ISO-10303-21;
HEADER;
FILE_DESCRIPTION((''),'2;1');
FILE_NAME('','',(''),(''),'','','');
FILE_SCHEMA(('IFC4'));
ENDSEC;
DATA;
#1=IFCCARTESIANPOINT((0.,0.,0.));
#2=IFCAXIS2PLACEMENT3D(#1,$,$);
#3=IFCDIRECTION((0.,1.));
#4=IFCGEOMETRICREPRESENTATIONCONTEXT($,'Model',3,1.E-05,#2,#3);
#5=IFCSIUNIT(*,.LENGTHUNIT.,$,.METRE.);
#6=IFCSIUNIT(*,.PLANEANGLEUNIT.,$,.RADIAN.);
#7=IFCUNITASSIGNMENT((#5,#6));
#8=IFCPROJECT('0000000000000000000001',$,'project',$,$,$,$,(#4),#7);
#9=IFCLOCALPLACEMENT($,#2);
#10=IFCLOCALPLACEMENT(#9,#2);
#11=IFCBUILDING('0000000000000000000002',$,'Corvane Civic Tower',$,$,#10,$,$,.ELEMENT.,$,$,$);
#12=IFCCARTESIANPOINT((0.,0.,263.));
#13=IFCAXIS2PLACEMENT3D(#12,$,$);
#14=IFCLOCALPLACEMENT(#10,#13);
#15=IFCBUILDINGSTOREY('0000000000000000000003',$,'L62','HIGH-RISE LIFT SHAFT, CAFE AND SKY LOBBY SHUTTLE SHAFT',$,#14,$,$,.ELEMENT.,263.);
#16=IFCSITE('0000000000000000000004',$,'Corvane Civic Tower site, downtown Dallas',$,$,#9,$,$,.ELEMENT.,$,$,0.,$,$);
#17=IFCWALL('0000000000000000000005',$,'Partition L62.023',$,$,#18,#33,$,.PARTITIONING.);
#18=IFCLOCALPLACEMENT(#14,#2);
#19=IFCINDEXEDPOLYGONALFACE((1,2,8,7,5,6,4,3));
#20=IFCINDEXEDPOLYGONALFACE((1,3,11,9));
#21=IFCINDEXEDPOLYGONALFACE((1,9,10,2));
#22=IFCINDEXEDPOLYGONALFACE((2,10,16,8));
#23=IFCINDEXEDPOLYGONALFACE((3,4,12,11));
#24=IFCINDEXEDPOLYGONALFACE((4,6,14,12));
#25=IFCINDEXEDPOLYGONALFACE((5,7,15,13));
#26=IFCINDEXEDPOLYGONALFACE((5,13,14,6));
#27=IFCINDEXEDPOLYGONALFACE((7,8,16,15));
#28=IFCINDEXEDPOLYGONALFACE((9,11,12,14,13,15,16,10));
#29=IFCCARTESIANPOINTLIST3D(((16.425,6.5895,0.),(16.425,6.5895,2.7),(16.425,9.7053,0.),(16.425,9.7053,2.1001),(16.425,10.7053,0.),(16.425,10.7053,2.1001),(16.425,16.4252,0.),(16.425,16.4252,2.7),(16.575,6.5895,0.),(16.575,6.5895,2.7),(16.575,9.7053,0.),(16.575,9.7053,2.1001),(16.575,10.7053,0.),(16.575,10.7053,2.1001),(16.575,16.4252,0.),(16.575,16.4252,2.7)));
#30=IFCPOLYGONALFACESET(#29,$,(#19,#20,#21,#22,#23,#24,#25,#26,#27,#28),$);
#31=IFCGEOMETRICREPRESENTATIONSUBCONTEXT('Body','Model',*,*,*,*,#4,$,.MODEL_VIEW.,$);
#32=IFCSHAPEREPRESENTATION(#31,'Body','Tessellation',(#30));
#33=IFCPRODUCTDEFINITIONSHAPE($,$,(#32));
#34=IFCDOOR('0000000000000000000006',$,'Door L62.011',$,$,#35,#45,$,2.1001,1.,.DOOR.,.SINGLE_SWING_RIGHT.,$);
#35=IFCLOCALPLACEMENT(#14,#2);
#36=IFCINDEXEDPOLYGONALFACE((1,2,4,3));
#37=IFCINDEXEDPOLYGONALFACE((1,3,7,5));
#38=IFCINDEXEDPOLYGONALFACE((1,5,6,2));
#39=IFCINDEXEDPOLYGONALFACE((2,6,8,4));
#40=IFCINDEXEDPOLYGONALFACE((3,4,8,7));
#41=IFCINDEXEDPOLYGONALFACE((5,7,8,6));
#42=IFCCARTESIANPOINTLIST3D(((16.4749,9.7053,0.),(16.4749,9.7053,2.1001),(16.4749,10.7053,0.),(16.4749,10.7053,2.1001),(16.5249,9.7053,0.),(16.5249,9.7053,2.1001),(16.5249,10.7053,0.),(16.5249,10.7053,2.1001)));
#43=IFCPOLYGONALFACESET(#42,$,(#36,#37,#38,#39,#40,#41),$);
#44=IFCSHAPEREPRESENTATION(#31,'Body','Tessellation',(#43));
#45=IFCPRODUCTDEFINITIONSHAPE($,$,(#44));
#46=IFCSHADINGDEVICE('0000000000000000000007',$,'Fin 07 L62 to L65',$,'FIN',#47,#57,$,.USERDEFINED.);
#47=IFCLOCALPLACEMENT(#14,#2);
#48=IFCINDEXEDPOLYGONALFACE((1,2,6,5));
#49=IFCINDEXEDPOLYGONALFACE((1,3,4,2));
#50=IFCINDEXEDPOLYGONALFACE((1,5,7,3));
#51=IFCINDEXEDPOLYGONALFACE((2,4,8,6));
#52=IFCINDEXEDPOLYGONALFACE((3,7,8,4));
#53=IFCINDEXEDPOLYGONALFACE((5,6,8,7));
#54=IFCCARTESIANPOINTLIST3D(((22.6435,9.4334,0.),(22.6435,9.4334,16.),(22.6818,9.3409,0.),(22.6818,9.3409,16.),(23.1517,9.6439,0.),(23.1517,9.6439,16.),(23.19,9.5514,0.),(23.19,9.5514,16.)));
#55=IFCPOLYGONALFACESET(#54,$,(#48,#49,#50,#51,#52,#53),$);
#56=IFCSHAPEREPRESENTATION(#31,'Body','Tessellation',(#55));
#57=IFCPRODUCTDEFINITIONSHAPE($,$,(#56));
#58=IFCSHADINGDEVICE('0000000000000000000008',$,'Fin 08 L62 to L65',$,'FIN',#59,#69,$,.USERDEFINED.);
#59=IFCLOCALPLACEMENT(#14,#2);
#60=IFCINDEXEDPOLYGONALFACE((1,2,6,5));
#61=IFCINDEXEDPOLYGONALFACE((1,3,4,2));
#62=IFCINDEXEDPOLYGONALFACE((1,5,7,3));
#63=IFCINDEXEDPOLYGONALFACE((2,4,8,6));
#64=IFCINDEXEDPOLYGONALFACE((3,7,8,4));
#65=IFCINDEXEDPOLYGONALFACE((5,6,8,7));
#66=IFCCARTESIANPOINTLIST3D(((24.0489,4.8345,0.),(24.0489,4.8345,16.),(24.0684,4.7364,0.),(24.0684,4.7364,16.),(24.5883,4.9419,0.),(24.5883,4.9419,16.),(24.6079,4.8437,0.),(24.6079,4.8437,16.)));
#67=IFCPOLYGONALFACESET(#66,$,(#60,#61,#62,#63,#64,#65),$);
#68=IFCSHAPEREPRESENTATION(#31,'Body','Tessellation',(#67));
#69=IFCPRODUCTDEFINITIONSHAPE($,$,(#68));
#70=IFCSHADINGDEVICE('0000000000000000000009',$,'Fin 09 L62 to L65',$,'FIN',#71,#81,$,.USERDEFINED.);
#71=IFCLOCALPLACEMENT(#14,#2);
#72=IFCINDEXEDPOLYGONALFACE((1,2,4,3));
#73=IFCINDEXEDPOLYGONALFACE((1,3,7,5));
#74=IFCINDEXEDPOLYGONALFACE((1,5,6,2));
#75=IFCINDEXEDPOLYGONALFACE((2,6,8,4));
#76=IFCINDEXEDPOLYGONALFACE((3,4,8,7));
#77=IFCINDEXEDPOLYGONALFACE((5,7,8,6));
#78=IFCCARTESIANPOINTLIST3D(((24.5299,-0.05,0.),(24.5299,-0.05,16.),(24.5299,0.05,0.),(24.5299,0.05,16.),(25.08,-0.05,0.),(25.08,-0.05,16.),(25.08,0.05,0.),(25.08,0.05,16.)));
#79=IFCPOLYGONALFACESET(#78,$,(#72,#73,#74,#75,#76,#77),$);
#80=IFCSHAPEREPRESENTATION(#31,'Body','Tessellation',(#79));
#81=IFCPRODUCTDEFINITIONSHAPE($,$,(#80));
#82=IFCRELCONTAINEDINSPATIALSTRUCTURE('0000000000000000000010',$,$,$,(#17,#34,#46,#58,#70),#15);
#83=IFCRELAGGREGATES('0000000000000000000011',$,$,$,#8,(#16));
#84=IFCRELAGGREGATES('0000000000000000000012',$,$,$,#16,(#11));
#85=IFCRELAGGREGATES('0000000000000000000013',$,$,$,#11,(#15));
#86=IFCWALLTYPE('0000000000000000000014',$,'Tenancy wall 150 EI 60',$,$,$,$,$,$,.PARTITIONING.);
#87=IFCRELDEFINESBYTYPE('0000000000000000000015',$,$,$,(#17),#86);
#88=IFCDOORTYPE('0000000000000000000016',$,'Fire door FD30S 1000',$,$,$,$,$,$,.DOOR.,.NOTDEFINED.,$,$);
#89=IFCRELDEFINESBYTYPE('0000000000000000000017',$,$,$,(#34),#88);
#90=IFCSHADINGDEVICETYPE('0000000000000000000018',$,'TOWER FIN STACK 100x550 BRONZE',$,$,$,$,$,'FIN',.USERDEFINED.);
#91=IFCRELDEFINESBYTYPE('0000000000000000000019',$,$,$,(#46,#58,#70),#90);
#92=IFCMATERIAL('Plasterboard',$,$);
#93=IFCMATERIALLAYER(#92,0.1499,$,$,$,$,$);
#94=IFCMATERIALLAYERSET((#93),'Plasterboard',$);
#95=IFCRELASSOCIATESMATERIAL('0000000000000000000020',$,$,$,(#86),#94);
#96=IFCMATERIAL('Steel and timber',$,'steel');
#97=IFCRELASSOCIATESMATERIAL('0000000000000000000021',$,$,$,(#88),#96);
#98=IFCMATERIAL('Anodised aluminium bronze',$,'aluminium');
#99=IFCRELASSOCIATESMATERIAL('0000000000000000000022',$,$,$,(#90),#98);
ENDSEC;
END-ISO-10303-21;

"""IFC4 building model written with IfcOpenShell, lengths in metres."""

from ifc_helpers import new_model, si_unit, direction, frame, frame_2d, origin, origin_2d, place, context, subcontext, project, spatial, rectangle, extrude, material, layer, layer_set, material_profile, profile_set, type_object, element, fill, save


model = new_model("IFC4")

# Units and contexts
model_context = context("Model", 3, precision=1e-05, world=origin(), true_north=direction((0.0, 1.0)))
body_context = subcontext(model_context, "Body", "Model", "MODEL_VIEW")
ifc_project = project(units=[si_unit("LENGTHUNIT", "METRE"), si_unit("PLANEANGLEUNIT", "RADIAN")], contexts=[model_context])

# Site, building, storey
site_placement = place(None, origin())
site = spatial("IfcSite", under=ifc_project, at=site_placement, Name="Corvane Civic Tower site, downtown Dallas", CompositionType="ELEMENT", RefElevation=0.0)
building_placement = place(site_placement, origin())
building = spatial("IfcBuilding", under=site, at=building_placement, Name="Corvane Civic Tower", CompositionType="ELEMENT")
storey_placement = place(building_placement, frame((0.0, 0.0, 263.0)))
storey = spatial("IfcBuildingStorey", under=building, at=storey_placement, Name="L62", Description="HIGH-RISE LIFT SHAFT, CAFE AND SKY LOBBY SHUTTLE SHAFT", CompositionType="ELEMENT", Elevation=263.0)

# Wall, opening, door
ifc_material_1 = material(Name="Plasterboard")
ifc_layer_1 = layer(ifc_material_1, 0.1499)
ifc_layer_set_1 = layer_set([ifc_layer_1], Name="Plasterboard")
wall_type_1 = type_object("IfcWallType", Name="Tenancy wall 150 EI 60", PredefinedType="PARTITIONING", material=ifc_layer_set_1)
wall_1_placement = place(storey_placement, frame((16.5, 6.5894, 0.0), z_axis=(0.0, 0.0, 1.0), x_axis=(0.0, 1.0, 0.0)))
wall_1 = element("IfcWall", 1, at=wall_1_placement, inside=storey, type_object=wall_type_1, Name="Partition L62.023", PredefinedType="PARTITIONING", context=body_context, shape_type="SweptSolid", body=[
    extrude(rectangle(XDim=9.8357, YDim=0.1499, at=frame_2d((4.918, 0.0))), origin(), (0.0, 0.0, 1.0), 2.7),
])
opening_placement = place(wall_1_placement, frame((3.116, 0.0, 0.0)))
opening = element("IfcOpeningElement", 2, at=opening_placement, cuts=wall_1, PredefinedType="OPENING", context=body_context, shape_type="SweptSolid", body=[
    extrude(rectangle(XDim=1.0, YDim=2.1001, at=frame_2d((0.5, 1.05))), frame((0.0, 0.085, 0.0), z_axis=(0.0, -1.0, 0.0), x_axis=(1.0, 0.0, 0.0)), (0.0, 0.0, 1.0), 0.1699),
])
ifc_material_2 = material(Name="Steel and timber", Category="steel")
door_type = type_object("IfcDoorType", Name="Fire door FD30S 1000", OperationType="NOTDEFINED", PredefinedType="DOOR", material=ifc_material_2)
door_placement = place(opening_placement, frame((1.0, 0.0, 0.0), z_axis=(0.0, 0.0, 1.0), x_axis=(-1.0, 0.0, 0.0)))
door = element("IfcDoor", 3, at=door_placement, inside=storey, type_object=door_type, Name="Door L62.011", OperationType="SINGLE_SWING_RIGHT", OverallHeight=2.1001, OverallWidth=1.0, PredefinedType="DOOR", context=body_context, shape_type="SweptSolid", body=[
    extrude(rectangle(XDim=1.0, YDim=2.1001, at=frame_2d((0.5, 1.05))), frame((0.0, 0.0249, 0.0), z_axis=(0.0, -1.0, 0.0), x_axis=(1.0, 0.0, 0.0)), (0.0, 0.0, 1.0), 0.05),
])
fill(opening, door)

# Shading devices
ifc_material_3 = material(Name="Anodised aluminium bronze", Category="aluminium")
ifc_material_profile_1 = material_profile(ifc_material_3, rectangle(XDim=0.1001, YDim=0.55, at=origin_2d()), Name="TOWER FIN STACK 100x550 BRONZE")
ifc_profile_set_1 = profile_set([ifc_material_profile_1], Name="Anodised aluminium bronze")
shading_device_type = type_object("IfcShadingDeviceType", Name="TOWER FIN STACK 100x550 BRONZE", ElementType="FIN", PredefinedType="USERDEFINED", material=ifc_profile_set_1)
for number, where, z_axis, x_axis, name in (
    (4, (22.9167, 9.4924, 0.0), (0.0, 0.0, 1.0), (0.382683, -0.92388, 0.0), "Fin 07 L62 to L65"),
    (5, (24.3284, 4.8391, 0.0), (0.0, 0.0, 1.0), (0.19509, -0.980785, 0.0), "Fin 08 L62 to L65"),
    (6, (24.8049, 0.0, 0.0), (0.0, 0.0, 1.0), (0.0, -1.0, 0.0), "Fin 09 L62 to L65"),
):
    element("IfcShadingDevice", number, at=place(storey_placement, frame(where, z_axis=z_axis, x_axis=x_axis)), inside=storey, type_object=shading_device_type, Name=name, ObjectType="FIN", PredefinedType="USERDEFINED", context=body_context, shape_type="SweptSolid", body=[
        extrude(rectangle(XDim=0.1001, YDim=0.55, at=origin_2d()), origin(), (0.0, 0.0, 1.0), 16.0),
    ])

save(model, "model.ifc")
